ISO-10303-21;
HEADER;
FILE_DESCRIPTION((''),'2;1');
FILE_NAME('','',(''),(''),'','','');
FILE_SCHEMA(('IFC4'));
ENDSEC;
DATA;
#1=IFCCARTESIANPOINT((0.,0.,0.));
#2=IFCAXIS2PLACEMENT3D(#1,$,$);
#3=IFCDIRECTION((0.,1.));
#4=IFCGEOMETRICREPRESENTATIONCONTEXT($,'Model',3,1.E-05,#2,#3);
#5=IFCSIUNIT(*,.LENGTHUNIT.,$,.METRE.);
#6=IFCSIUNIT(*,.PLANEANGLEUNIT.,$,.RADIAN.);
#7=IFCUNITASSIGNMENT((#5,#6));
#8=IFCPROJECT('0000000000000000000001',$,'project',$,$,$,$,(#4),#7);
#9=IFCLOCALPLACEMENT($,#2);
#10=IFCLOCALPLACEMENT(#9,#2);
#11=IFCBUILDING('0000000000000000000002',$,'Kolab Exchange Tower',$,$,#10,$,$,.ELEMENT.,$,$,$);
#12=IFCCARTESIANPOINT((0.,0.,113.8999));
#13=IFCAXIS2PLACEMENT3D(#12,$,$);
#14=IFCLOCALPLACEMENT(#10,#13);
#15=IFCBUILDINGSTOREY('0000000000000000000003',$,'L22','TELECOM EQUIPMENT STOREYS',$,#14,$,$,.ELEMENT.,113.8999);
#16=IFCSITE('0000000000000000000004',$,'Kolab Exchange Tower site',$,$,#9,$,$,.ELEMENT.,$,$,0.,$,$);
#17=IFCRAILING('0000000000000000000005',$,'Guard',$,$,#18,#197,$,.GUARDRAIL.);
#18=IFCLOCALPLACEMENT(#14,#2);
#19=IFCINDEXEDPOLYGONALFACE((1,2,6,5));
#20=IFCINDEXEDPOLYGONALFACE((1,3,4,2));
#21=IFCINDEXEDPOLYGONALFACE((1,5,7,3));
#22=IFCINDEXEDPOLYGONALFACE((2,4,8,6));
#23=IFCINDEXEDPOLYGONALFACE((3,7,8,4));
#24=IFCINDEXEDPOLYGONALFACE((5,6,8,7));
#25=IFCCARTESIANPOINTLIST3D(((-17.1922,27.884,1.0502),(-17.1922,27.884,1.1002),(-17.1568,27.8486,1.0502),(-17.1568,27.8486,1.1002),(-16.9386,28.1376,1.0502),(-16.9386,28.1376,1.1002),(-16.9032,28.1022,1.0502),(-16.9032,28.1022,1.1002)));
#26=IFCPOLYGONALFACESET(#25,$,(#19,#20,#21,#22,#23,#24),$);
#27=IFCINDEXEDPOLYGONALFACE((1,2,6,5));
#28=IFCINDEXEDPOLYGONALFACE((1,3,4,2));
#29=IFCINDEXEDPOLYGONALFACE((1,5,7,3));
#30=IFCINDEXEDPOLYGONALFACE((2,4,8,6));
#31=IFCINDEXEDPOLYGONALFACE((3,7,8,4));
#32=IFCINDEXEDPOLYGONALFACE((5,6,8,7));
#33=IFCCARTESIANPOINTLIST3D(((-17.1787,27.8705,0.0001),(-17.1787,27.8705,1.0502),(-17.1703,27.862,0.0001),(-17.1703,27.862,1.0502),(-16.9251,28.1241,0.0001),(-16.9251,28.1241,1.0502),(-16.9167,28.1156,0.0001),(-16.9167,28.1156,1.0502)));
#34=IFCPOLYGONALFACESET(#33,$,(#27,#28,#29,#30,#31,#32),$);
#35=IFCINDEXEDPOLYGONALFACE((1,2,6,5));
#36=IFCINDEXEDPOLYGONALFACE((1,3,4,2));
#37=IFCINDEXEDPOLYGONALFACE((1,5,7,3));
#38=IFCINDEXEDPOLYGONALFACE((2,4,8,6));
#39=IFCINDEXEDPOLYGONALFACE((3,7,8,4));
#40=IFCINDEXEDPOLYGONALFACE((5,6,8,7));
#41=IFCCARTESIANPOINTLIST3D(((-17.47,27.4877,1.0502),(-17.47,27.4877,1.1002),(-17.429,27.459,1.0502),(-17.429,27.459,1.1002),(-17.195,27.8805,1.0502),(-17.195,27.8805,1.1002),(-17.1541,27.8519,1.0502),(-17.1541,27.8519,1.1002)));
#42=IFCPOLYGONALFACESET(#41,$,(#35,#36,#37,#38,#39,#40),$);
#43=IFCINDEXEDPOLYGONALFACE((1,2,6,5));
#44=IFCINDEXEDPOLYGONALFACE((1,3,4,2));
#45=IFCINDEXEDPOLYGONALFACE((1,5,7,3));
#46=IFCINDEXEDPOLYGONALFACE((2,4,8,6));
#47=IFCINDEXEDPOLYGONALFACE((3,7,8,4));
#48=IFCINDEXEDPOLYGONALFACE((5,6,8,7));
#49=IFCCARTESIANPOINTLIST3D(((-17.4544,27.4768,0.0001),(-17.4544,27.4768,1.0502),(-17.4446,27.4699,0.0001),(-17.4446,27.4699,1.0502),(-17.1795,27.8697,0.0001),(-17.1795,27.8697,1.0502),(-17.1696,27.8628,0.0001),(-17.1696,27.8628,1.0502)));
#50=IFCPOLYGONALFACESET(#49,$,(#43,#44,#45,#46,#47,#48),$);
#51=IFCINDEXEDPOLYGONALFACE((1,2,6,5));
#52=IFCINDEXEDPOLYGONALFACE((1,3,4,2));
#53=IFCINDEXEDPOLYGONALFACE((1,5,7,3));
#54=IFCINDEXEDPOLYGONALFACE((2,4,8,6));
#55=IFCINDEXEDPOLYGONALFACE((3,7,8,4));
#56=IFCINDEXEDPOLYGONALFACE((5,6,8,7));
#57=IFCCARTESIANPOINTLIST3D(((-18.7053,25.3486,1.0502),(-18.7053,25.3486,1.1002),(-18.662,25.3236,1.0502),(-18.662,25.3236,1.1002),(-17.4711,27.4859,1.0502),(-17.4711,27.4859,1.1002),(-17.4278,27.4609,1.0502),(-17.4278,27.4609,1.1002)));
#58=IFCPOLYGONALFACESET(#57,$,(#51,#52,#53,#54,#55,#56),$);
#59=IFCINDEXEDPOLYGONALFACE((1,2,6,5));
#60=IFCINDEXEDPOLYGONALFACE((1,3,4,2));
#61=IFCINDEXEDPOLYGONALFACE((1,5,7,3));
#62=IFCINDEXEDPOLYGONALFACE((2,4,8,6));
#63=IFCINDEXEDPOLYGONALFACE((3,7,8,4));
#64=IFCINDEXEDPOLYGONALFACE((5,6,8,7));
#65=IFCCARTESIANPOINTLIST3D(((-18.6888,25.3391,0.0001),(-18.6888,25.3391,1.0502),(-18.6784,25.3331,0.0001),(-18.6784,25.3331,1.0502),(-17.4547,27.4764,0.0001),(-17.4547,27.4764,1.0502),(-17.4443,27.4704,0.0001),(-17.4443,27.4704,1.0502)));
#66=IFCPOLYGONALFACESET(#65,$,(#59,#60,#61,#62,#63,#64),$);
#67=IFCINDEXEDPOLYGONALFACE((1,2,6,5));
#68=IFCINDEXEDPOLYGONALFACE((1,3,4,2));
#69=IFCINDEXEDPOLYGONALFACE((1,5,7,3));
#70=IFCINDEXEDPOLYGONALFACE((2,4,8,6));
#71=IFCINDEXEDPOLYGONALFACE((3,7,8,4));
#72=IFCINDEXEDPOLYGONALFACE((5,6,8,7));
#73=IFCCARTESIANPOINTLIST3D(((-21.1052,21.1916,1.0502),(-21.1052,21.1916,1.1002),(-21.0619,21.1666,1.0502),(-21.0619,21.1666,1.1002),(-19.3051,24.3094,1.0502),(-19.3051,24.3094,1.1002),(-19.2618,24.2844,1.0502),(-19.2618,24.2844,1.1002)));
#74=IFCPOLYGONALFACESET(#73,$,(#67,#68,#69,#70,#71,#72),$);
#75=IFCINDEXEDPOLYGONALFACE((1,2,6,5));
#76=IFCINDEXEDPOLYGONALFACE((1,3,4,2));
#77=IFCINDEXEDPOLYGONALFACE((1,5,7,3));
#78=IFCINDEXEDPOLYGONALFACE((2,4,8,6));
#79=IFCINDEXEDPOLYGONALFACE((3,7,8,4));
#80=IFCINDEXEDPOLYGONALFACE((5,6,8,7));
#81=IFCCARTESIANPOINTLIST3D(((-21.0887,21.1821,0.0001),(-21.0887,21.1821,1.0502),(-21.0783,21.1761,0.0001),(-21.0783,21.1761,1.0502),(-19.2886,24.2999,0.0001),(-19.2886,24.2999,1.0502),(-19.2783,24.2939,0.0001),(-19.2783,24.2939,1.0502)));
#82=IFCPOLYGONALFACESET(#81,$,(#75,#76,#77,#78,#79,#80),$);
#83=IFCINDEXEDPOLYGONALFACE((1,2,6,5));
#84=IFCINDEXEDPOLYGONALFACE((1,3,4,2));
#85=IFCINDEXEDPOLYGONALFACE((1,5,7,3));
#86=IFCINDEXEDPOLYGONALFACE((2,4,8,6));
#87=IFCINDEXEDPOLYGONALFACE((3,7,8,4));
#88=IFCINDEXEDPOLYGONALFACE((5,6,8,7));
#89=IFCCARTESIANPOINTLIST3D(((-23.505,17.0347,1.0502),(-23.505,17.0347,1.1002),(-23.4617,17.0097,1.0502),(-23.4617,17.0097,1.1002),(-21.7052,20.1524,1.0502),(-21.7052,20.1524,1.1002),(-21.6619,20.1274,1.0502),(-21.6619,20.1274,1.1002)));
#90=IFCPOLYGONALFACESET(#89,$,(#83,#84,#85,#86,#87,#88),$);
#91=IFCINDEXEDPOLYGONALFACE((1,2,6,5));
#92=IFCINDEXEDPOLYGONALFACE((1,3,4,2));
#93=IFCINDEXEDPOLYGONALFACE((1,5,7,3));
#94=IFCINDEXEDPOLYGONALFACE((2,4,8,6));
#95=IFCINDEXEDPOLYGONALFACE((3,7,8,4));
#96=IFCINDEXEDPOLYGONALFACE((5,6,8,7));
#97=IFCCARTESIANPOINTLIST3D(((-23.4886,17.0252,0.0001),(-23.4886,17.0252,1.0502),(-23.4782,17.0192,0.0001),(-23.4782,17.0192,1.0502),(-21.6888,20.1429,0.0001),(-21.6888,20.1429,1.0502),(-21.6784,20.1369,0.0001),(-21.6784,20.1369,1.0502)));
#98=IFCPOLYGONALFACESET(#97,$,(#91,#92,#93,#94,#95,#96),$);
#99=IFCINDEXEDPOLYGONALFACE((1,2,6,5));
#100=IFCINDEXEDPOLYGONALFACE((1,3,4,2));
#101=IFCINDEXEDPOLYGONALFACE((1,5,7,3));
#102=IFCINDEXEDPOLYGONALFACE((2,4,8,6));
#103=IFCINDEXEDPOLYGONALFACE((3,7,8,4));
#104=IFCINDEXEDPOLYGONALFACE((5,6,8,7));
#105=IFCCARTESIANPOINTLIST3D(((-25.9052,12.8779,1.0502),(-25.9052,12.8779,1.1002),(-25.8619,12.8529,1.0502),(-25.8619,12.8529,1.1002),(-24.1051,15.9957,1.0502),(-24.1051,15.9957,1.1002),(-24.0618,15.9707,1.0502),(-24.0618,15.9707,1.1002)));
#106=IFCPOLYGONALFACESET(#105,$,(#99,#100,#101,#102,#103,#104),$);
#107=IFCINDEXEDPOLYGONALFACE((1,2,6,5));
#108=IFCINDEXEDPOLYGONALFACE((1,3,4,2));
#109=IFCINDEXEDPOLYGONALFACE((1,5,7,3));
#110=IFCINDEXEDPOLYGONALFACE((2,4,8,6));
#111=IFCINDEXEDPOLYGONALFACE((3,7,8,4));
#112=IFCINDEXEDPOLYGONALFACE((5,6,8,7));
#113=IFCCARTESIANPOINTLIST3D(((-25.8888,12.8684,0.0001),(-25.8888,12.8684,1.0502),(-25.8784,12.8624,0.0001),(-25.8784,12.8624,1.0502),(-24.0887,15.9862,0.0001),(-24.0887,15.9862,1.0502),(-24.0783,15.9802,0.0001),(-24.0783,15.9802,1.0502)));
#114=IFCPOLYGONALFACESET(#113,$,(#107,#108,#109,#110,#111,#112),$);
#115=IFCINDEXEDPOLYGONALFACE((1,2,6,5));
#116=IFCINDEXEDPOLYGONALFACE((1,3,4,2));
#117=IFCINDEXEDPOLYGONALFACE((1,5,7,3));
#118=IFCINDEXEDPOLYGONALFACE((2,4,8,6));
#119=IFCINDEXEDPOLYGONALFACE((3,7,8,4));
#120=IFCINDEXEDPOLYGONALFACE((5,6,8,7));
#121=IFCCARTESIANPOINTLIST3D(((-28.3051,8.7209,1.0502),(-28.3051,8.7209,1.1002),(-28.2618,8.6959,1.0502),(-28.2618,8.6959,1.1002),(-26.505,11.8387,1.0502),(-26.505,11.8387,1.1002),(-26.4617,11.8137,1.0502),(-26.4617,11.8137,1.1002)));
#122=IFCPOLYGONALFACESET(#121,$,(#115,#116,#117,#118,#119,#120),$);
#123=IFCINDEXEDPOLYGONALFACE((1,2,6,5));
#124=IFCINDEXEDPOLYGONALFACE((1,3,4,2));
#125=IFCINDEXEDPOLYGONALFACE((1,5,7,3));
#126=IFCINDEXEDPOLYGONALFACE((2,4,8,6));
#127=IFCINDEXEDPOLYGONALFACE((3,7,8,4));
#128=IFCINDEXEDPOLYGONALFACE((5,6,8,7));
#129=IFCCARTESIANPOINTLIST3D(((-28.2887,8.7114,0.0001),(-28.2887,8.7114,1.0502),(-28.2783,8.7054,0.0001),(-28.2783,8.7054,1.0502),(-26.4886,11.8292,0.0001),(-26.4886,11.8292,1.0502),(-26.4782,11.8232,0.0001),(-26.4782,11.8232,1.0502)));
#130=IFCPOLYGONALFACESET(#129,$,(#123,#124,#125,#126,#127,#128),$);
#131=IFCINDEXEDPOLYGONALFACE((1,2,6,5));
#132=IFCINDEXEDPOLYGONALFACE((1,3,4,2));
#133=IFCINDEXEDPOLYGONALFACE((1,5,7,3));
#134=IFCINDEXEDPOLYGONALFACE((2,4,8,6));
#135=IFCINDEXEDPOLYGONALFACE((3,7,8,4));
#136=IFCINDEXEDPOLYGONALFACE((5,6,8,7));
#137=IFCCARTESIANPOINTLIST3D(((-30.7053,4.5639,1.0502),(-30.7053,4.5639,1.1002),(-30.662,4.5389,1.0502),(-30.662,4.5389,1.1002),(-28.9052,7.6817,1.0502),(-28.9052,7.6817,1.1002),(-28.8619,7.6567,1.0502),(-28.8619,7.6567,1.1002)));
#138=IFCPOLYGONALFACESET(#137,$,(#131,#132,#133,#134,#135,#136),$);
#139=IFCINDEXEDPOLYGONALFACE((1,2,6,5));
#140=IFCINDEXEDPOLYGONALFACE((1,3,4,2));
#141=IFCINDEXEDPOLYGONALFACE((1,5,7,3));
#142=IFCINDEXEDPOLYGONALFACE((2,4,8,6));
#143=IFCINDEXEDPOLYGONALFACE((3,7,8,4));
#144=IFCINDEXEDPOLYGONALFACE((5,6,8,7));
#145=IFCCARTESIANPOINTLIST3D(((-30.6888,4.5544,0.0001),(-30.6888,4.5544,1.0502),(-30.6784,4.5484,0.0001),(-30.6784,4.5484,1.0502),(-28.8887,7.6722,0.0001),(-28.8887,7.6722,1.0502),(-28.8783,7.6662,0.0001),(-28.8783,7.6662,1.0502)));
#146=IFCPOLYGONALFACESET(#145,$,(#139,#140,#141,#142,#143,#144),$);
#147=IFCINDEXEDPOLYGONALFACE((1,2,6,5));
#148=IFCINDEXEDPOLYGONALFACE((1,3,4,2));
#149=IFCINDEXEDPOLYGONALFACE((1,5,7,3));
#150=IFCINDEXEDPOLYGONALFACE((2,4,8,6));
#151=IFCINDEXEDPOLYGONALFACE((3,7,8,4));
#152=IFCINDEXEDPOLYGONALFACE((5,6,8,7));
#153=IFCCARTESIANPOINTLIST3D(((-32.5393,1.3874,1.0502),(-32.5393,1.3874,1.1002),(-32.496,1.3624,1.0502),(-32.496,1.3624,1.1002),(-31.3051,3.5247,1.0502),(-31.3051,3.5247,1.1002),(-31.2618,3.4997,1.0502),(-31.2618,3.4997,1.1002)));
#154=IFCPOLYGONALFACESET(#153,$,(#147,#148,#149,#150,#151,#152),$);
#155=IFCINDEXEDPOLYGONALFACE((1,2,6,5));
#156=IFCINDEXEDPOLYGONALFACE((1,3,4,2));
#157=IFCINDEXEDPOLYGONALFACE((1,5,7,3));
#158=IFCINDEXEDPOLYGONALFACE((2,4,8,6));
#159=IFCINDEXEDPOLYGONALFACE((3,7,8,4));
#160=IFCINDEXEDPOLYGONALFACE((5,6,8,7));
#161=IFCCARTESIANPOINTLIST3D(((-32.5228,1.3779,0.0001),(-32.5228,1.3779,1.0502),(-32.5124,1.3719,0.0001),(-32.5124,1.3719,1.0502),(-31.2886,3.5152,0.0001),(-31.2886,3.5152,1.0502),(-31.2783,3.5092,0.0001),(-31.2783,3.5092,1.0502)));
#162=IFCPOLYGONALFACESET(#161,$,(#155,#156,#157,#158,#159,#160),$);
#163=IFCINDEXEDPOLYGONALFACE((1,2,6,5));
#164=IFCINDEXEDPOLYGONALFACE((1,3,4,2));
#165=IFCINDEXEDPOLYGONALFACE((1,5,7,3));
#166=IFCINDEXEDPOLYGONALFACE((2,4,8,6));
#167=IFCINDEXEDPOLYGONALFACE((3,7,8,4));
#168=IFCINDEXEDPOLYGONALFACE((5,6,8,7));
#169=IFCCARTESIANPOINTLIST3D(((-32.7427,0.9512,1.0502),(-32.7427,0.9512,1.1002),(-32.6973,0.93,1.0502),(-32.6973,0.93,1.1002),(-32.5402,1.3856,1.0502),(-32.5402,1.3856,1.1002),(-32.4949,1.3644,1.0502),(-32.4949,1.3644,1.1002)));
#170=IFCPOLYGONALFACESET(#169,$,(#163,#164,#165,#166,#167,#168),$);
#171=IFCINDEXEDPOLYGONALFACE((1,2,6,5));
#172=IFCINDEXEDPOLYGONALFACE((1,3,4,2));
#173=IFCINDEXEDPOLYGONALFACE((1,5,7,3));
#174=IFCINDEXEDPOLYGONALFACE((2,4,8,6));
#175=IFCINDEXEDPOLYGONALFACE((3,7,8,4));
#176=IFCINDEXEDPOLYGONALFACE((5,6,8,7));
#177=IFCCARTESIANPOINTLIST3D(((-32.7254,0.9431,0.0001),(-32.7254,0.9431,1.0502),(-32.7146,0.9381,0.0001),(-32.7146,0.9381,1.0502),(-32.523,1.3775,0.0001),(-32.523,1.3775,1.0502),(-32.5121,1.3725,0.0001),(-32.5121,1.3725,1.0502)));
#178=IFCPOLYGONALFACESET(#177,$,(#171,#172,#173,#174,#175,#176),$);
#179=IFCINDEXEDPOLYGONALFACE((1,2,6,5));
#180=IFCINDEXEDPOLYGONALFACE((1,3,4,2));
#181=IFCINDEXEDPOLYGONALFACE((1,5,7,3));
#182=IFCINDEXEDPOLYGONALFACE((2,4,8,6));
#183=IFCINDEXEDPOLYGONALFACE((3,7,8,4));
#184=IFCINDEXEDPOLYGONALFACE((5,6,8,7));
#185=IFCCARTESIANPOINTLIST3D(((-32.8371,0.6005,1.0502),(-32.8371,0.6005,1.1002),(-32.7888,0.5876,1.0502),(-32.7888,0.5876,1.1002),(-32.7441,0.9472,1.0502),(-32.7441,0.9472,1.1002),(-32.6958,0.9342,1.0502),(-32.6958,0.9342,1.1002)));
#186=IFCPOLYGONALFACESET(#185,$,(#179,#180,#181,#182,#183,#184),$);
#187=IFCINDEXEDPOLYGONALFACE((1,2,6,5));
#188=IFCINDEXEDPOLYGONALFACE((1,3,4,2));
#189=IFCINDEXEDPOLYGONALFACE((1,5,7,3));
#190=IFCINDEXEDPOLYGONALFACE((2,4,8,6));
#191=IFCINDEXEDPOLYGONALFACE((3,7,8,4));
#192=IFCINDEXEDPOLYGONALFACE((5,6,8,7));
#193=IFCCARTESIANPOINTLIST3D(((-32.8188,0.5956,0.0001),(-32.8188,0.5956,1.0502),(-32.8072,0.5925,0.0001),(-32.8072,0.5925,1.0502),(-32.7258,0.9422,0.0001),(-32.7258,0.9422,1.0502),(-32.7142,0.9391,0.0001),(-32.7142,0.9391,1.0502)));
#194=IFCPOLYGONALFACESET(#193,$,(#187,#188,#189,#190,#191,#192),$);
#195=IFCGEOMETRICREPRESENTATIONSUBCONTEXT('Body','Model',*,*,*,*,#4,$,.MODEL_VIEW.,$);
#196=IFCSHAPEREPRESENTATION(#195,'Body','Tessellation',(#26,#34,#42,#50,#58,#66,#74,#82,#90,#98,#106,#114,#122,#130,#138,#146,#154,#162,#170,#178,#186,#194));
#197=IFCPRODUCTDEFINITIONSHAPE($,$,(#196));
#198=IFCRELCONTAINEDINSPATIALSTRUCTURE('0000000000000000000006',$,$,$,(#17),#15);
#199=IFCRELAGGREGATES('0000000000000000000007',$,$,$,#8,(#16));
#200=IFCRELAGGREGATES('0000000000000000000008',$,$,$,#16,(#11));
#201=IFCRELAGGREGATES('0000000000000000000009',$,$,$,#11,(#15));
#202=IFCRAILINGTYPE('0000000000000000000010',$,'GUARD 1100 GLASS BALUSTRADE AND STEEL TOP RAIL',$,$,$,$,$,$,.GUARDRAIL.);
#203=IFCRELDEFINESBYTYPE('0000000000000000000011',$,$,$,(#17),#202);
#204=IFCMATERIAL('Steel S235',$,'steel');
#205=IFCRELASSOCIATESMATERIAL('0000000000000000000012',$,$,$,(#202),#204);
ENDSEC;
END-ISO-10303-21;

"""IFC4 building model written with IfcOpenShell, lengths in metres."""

from ifc_helpers import new_model, si_unit, direction, frame, frame_2d, origin, origin_2d, place, context, subcontext, project, spatial, rectangle, extrude, material, type_object, element, save


model = new_model("IFC4")

# Units and contexts
model_context = context("Model", 3, precision=1e-05, world=origin(), true_north=direction((0.0, 1.0)))
body_context = subcontext(model_context, "Body", "Model", "MODEL_VIEW")
ifc_project = project(units=[si_unit("LENGTHUNIT", "METRE"), si_unit("PLANEANGLEUNIT", "RADIAN")], contexts=[model_context])

# Site, building, storey
site_placement = place(None, origin())
site = spatial("IfcSite", under=ifc_project, at=site_placement, Name="Kolab Exchange Tower site", CompositionType="ELEMENT", RefElevation=0.0)
building_placement = place(site_placement, origin())
building = spatial("IfcBuilding", under=site, at=building_placement, Name="Kolab Exchange Tower", CompositionType="ELEMENT")
storey_placement = place(building_placement, frame((0.0, 0.0, 113.8999)))
storey = spatial("IfcBuildingStorey", under=building, at=storey_placement, Name="L22", Description="TELECOM EQUIPMENT STOREYS", CompositionType="ELEMENT", Elevation=113.8999)

# Railing
ifc_material_1 = material(Name="Steel S235", Category="steel")
railing_type = type_object("IfcRailingType", Name="GUARD 1100 GLASS BALUSTRADE AND STEEL TOP RAIL", PredefinedType="GUARDRAIL", material=ifc_material_1)
railing_placement = place(storey_placement, frame((-16.9209, 28.1199, 0.0)))
element("IfcRailing", 1, at=railing_placement, inside=storey, type_object=railing_type, Name="Guard", PredefinedType="GUARDRAIL", context=body_context, shape_type="SweptSolid", body=[
    extrude(rectangle(XDim=0.05, YDim=0.05, at=origin_2d()), frame((0.0, 0.0, 1.0752), z_axis=(-0.707107, -0.707107, 0.0), x_axis=(0.707107, -0.707107, 0.0)), (0.0, 0.0, 1.0), 0.3586),
    extrude(rectangle(XDim=0.012, YDim=1.0501, at=frame_2d((0.0, 0.5251))), frame((0.0, 0.0, 0.0), z_axis=(-0.707107, -0.707107, 0.0), x_axis=(0.707107, -0.707107, 0.0)), (0.0, 0.0, 1.0), 0.3586),
    extrude(rectangle(XDim=0.05, YDim=0.05, at=origin_2d()), frame((-0.2537, -0.2537, 1.0752), z_axis=(-0.57336, -0.819304, 0.0), x_axis=(0.819304, -0.57336, 0.0)), (0.0, 0.0, 1.0), 0.4795),
    extrude(rectangle(XDim=0.012, YDim=1.0501, at=frame_2d((0.0, 0.5251))), frame((-0.2537, -0.2537, 0.0), z_axis=(-0.57336, -0.819304, 0.0), x_axis=(0.819304, -0.57336, 0.0)), (0.0, 0.0, 1.0), 0.4795),
    extrude(rectangle(XDim=0.05, YDim=0.05, at=origin_2d()), frame((-0.5286, -0.6465, 1.0752), z_axis=(-0.500065, -0.865988, 0.0), x_axis=(0.865988, -0.500065, 0.0)), (0.0, 0.0, 1.0), 2.468),
    extrude(rectangle(XDim=0.012, YDim=1.0501, at=frame_2d((0.0, 0.5251))), frame((-0.5286, -0.6465, 0.0), z_axis=(-0.500065, -0.865988, 0.0), x_axis=(0.865988, -0.500065, 0.0)), (0.0, 0.0, 1.0), 2.468),
    extrude(rectangle(XDim=0.05, YDim=0.05, at=origin_2d()), frame((-2.3625, -3.823, 1.0752), z_axis=(-0.500012, -0.866018, 0.0), x_axis=(0.866018, -0.500012, 0.0)), (0.0, 0.0, 1.0), 3.6001),
    extrude(rectangle(XDim=0.012, YDim=1.0501, at=frame_2d((0.0, 0.5251))), frame((-2.3625, -3.823, 0.0), z_axis=(-0.500012, -0.866018, 0.0), x_axis=(0.866018, -0.500012, 0.0)), (0.0, 0.0, 1.0), 3.6001),
    extrude(rectangle(XDim=0.05, YDim=0.05, at=origin_2d()), frame((-4.7627, -7.98, 1.0752), z_axis=(-0.499961, -0.866048, 0.0), x_axis=(0.866048, -0.499961, 0.0)), (0.0, 0.0, 1.0), 3.5999),
    extrude(rectangle(XDim=0.012, YDim=1.0501, at=frame_2d((0.0, 0.5251))), frame((-4.7627, -7.98, 0.0), z_axis=(-0.499961, -0.866048, 0.0), x_axis=(0.866048, -0.499961, 0.0)), (0.0, 0.0, 1.0), 3.5999),
    extrude(rectangle(XDim=0.05, YDim=0.05, at=origin_2d()), frame((-7.1626, -12.1367, 1.0752), z_axis=(-0.500012, -0.866018, 0.0), x_axis=(0.866018, -0.500012, 0.0)), (0.0, 0.0, 1.0), 3.6001),
    extrude(rectangle(XDim=0.012, YDim=1.0501, at=frame_2d((0.0, 0.5251))), frame((-7.1626, -12.1367, 0.0), z_axis=(-0.500012, -0.866018, 0.0), x_axis=(0.866018, -0.500012, 0.0)), (0.0, 0.0, 1.0), 3.6001),
    extrude(rectangle(XDim=0.05, YDim=0.05, at=origin_2d()), frame((-9.5625, -16.2937, 1.0752), z_axis=(-0.500012, -0.866018, 0.0), x_axis=(0.866018, -0.500012, 0.0)), (0.0, 0.0, 1.0), 3.6001),
    extrude(rectangle(XDim=0.012, YDim=1.0501, at=frame_2d((0.0, 0.5251))), frame((-9.5625, -16.2937, 0.0), z_axis=(-0.500012, -0.866018, 0.0), x_axis=(0.866018, -0.500012, 0.0)), (0.0, 0.0, 1.0), 3.6001),
    extrude(rectangle(XDim=0.05, YDim=0.05, at=origin_2d()), frame((-11.9626, -20.4507, 1.0752), z_axis=(-0.500012, -0.866018, 0.0), x_axis=(0.866018, -0.500012, 0.0)), (0.0, 0.0, 1.0), 3.6001),
    extrude(rectangle(XDim=0.012, YDim=1.0501, at=frame_2d((0.0, 0.5251))), frame((-11.9626, -20.4507, 0.0), z_axis=(-0.500012, -0.866018, 0.0), x_axis=(0.866018, -0.500012, 0.0)), (0.0, 0.0, 1.0), 3.6001),
    extrude(rectangle(XDim=0.05, YDim=0.05, at=origin_2d()), frame((-14.3625, -24.6077, 1.0752), z_axis=(-0.500065, -0.865988, 0.0), x_axis=(0.865988, -0.500065, 0.0)), (0.0, 0.0, 1.0), 2.468),
    extrude(rectangle(XDim=0.012, YDim=1.0501, at=frame_2d((0.0, 0.5251))), frame((-14.3625, -24.6077, 0.0), z_axis=(-0.500065, -0.865988, 0.0), x_axis=(0.865988, -0.500065, 0.0)), (0.0, 0.0, 1.0), 2.468),
    extrude(rectangle(XDim=0.05, YDim=0.05, at=origin_2d()), frame((-15.5967, -26.7449, 1.0752), z_axis=(-0.422383, -0.906417, 0.0), x_axis=(0.906417, -0.422383, 0.0)), (0.0, 0.0, 1.0), 0.4792),
    extrude(rectangle(XDim=0.012, YDim=1.0501, at=frame_2d((0.0, 0.5251))), frame((-15.5967, -26.7449, 0.0), z_axis=(-0.422383, -0.906417, 0.0), x_axis=(0.906417, -0.422383, 0.0)), (0.0, 0.0, 1.0), 0.4792),
    extrude(rectangle(XDim=0.05, YDim=0.05, at=origin_2d()), frame((-15.7991, -27.1792, 1.0752), z_axis=(-0.259144, -0.965839, 0.0), x_axis=(0.965839, -0.259144, 0.0)), (0.0, 0.0, 1.0), 0.3589),
    extrude(rectangle(XDim=0.012, YDim=1.0501, at=frame_2d((0.0, 0.5251))), frame((-15.7991, -27.1792, 0.0), z_axis=(-0.259144, -0.965839, 0.0), x_axis=(0.965839, -0.259144, 0.0)), (0.0, 0.0, 1.0), 0.3589),
])

save(model, "model.ifc")
